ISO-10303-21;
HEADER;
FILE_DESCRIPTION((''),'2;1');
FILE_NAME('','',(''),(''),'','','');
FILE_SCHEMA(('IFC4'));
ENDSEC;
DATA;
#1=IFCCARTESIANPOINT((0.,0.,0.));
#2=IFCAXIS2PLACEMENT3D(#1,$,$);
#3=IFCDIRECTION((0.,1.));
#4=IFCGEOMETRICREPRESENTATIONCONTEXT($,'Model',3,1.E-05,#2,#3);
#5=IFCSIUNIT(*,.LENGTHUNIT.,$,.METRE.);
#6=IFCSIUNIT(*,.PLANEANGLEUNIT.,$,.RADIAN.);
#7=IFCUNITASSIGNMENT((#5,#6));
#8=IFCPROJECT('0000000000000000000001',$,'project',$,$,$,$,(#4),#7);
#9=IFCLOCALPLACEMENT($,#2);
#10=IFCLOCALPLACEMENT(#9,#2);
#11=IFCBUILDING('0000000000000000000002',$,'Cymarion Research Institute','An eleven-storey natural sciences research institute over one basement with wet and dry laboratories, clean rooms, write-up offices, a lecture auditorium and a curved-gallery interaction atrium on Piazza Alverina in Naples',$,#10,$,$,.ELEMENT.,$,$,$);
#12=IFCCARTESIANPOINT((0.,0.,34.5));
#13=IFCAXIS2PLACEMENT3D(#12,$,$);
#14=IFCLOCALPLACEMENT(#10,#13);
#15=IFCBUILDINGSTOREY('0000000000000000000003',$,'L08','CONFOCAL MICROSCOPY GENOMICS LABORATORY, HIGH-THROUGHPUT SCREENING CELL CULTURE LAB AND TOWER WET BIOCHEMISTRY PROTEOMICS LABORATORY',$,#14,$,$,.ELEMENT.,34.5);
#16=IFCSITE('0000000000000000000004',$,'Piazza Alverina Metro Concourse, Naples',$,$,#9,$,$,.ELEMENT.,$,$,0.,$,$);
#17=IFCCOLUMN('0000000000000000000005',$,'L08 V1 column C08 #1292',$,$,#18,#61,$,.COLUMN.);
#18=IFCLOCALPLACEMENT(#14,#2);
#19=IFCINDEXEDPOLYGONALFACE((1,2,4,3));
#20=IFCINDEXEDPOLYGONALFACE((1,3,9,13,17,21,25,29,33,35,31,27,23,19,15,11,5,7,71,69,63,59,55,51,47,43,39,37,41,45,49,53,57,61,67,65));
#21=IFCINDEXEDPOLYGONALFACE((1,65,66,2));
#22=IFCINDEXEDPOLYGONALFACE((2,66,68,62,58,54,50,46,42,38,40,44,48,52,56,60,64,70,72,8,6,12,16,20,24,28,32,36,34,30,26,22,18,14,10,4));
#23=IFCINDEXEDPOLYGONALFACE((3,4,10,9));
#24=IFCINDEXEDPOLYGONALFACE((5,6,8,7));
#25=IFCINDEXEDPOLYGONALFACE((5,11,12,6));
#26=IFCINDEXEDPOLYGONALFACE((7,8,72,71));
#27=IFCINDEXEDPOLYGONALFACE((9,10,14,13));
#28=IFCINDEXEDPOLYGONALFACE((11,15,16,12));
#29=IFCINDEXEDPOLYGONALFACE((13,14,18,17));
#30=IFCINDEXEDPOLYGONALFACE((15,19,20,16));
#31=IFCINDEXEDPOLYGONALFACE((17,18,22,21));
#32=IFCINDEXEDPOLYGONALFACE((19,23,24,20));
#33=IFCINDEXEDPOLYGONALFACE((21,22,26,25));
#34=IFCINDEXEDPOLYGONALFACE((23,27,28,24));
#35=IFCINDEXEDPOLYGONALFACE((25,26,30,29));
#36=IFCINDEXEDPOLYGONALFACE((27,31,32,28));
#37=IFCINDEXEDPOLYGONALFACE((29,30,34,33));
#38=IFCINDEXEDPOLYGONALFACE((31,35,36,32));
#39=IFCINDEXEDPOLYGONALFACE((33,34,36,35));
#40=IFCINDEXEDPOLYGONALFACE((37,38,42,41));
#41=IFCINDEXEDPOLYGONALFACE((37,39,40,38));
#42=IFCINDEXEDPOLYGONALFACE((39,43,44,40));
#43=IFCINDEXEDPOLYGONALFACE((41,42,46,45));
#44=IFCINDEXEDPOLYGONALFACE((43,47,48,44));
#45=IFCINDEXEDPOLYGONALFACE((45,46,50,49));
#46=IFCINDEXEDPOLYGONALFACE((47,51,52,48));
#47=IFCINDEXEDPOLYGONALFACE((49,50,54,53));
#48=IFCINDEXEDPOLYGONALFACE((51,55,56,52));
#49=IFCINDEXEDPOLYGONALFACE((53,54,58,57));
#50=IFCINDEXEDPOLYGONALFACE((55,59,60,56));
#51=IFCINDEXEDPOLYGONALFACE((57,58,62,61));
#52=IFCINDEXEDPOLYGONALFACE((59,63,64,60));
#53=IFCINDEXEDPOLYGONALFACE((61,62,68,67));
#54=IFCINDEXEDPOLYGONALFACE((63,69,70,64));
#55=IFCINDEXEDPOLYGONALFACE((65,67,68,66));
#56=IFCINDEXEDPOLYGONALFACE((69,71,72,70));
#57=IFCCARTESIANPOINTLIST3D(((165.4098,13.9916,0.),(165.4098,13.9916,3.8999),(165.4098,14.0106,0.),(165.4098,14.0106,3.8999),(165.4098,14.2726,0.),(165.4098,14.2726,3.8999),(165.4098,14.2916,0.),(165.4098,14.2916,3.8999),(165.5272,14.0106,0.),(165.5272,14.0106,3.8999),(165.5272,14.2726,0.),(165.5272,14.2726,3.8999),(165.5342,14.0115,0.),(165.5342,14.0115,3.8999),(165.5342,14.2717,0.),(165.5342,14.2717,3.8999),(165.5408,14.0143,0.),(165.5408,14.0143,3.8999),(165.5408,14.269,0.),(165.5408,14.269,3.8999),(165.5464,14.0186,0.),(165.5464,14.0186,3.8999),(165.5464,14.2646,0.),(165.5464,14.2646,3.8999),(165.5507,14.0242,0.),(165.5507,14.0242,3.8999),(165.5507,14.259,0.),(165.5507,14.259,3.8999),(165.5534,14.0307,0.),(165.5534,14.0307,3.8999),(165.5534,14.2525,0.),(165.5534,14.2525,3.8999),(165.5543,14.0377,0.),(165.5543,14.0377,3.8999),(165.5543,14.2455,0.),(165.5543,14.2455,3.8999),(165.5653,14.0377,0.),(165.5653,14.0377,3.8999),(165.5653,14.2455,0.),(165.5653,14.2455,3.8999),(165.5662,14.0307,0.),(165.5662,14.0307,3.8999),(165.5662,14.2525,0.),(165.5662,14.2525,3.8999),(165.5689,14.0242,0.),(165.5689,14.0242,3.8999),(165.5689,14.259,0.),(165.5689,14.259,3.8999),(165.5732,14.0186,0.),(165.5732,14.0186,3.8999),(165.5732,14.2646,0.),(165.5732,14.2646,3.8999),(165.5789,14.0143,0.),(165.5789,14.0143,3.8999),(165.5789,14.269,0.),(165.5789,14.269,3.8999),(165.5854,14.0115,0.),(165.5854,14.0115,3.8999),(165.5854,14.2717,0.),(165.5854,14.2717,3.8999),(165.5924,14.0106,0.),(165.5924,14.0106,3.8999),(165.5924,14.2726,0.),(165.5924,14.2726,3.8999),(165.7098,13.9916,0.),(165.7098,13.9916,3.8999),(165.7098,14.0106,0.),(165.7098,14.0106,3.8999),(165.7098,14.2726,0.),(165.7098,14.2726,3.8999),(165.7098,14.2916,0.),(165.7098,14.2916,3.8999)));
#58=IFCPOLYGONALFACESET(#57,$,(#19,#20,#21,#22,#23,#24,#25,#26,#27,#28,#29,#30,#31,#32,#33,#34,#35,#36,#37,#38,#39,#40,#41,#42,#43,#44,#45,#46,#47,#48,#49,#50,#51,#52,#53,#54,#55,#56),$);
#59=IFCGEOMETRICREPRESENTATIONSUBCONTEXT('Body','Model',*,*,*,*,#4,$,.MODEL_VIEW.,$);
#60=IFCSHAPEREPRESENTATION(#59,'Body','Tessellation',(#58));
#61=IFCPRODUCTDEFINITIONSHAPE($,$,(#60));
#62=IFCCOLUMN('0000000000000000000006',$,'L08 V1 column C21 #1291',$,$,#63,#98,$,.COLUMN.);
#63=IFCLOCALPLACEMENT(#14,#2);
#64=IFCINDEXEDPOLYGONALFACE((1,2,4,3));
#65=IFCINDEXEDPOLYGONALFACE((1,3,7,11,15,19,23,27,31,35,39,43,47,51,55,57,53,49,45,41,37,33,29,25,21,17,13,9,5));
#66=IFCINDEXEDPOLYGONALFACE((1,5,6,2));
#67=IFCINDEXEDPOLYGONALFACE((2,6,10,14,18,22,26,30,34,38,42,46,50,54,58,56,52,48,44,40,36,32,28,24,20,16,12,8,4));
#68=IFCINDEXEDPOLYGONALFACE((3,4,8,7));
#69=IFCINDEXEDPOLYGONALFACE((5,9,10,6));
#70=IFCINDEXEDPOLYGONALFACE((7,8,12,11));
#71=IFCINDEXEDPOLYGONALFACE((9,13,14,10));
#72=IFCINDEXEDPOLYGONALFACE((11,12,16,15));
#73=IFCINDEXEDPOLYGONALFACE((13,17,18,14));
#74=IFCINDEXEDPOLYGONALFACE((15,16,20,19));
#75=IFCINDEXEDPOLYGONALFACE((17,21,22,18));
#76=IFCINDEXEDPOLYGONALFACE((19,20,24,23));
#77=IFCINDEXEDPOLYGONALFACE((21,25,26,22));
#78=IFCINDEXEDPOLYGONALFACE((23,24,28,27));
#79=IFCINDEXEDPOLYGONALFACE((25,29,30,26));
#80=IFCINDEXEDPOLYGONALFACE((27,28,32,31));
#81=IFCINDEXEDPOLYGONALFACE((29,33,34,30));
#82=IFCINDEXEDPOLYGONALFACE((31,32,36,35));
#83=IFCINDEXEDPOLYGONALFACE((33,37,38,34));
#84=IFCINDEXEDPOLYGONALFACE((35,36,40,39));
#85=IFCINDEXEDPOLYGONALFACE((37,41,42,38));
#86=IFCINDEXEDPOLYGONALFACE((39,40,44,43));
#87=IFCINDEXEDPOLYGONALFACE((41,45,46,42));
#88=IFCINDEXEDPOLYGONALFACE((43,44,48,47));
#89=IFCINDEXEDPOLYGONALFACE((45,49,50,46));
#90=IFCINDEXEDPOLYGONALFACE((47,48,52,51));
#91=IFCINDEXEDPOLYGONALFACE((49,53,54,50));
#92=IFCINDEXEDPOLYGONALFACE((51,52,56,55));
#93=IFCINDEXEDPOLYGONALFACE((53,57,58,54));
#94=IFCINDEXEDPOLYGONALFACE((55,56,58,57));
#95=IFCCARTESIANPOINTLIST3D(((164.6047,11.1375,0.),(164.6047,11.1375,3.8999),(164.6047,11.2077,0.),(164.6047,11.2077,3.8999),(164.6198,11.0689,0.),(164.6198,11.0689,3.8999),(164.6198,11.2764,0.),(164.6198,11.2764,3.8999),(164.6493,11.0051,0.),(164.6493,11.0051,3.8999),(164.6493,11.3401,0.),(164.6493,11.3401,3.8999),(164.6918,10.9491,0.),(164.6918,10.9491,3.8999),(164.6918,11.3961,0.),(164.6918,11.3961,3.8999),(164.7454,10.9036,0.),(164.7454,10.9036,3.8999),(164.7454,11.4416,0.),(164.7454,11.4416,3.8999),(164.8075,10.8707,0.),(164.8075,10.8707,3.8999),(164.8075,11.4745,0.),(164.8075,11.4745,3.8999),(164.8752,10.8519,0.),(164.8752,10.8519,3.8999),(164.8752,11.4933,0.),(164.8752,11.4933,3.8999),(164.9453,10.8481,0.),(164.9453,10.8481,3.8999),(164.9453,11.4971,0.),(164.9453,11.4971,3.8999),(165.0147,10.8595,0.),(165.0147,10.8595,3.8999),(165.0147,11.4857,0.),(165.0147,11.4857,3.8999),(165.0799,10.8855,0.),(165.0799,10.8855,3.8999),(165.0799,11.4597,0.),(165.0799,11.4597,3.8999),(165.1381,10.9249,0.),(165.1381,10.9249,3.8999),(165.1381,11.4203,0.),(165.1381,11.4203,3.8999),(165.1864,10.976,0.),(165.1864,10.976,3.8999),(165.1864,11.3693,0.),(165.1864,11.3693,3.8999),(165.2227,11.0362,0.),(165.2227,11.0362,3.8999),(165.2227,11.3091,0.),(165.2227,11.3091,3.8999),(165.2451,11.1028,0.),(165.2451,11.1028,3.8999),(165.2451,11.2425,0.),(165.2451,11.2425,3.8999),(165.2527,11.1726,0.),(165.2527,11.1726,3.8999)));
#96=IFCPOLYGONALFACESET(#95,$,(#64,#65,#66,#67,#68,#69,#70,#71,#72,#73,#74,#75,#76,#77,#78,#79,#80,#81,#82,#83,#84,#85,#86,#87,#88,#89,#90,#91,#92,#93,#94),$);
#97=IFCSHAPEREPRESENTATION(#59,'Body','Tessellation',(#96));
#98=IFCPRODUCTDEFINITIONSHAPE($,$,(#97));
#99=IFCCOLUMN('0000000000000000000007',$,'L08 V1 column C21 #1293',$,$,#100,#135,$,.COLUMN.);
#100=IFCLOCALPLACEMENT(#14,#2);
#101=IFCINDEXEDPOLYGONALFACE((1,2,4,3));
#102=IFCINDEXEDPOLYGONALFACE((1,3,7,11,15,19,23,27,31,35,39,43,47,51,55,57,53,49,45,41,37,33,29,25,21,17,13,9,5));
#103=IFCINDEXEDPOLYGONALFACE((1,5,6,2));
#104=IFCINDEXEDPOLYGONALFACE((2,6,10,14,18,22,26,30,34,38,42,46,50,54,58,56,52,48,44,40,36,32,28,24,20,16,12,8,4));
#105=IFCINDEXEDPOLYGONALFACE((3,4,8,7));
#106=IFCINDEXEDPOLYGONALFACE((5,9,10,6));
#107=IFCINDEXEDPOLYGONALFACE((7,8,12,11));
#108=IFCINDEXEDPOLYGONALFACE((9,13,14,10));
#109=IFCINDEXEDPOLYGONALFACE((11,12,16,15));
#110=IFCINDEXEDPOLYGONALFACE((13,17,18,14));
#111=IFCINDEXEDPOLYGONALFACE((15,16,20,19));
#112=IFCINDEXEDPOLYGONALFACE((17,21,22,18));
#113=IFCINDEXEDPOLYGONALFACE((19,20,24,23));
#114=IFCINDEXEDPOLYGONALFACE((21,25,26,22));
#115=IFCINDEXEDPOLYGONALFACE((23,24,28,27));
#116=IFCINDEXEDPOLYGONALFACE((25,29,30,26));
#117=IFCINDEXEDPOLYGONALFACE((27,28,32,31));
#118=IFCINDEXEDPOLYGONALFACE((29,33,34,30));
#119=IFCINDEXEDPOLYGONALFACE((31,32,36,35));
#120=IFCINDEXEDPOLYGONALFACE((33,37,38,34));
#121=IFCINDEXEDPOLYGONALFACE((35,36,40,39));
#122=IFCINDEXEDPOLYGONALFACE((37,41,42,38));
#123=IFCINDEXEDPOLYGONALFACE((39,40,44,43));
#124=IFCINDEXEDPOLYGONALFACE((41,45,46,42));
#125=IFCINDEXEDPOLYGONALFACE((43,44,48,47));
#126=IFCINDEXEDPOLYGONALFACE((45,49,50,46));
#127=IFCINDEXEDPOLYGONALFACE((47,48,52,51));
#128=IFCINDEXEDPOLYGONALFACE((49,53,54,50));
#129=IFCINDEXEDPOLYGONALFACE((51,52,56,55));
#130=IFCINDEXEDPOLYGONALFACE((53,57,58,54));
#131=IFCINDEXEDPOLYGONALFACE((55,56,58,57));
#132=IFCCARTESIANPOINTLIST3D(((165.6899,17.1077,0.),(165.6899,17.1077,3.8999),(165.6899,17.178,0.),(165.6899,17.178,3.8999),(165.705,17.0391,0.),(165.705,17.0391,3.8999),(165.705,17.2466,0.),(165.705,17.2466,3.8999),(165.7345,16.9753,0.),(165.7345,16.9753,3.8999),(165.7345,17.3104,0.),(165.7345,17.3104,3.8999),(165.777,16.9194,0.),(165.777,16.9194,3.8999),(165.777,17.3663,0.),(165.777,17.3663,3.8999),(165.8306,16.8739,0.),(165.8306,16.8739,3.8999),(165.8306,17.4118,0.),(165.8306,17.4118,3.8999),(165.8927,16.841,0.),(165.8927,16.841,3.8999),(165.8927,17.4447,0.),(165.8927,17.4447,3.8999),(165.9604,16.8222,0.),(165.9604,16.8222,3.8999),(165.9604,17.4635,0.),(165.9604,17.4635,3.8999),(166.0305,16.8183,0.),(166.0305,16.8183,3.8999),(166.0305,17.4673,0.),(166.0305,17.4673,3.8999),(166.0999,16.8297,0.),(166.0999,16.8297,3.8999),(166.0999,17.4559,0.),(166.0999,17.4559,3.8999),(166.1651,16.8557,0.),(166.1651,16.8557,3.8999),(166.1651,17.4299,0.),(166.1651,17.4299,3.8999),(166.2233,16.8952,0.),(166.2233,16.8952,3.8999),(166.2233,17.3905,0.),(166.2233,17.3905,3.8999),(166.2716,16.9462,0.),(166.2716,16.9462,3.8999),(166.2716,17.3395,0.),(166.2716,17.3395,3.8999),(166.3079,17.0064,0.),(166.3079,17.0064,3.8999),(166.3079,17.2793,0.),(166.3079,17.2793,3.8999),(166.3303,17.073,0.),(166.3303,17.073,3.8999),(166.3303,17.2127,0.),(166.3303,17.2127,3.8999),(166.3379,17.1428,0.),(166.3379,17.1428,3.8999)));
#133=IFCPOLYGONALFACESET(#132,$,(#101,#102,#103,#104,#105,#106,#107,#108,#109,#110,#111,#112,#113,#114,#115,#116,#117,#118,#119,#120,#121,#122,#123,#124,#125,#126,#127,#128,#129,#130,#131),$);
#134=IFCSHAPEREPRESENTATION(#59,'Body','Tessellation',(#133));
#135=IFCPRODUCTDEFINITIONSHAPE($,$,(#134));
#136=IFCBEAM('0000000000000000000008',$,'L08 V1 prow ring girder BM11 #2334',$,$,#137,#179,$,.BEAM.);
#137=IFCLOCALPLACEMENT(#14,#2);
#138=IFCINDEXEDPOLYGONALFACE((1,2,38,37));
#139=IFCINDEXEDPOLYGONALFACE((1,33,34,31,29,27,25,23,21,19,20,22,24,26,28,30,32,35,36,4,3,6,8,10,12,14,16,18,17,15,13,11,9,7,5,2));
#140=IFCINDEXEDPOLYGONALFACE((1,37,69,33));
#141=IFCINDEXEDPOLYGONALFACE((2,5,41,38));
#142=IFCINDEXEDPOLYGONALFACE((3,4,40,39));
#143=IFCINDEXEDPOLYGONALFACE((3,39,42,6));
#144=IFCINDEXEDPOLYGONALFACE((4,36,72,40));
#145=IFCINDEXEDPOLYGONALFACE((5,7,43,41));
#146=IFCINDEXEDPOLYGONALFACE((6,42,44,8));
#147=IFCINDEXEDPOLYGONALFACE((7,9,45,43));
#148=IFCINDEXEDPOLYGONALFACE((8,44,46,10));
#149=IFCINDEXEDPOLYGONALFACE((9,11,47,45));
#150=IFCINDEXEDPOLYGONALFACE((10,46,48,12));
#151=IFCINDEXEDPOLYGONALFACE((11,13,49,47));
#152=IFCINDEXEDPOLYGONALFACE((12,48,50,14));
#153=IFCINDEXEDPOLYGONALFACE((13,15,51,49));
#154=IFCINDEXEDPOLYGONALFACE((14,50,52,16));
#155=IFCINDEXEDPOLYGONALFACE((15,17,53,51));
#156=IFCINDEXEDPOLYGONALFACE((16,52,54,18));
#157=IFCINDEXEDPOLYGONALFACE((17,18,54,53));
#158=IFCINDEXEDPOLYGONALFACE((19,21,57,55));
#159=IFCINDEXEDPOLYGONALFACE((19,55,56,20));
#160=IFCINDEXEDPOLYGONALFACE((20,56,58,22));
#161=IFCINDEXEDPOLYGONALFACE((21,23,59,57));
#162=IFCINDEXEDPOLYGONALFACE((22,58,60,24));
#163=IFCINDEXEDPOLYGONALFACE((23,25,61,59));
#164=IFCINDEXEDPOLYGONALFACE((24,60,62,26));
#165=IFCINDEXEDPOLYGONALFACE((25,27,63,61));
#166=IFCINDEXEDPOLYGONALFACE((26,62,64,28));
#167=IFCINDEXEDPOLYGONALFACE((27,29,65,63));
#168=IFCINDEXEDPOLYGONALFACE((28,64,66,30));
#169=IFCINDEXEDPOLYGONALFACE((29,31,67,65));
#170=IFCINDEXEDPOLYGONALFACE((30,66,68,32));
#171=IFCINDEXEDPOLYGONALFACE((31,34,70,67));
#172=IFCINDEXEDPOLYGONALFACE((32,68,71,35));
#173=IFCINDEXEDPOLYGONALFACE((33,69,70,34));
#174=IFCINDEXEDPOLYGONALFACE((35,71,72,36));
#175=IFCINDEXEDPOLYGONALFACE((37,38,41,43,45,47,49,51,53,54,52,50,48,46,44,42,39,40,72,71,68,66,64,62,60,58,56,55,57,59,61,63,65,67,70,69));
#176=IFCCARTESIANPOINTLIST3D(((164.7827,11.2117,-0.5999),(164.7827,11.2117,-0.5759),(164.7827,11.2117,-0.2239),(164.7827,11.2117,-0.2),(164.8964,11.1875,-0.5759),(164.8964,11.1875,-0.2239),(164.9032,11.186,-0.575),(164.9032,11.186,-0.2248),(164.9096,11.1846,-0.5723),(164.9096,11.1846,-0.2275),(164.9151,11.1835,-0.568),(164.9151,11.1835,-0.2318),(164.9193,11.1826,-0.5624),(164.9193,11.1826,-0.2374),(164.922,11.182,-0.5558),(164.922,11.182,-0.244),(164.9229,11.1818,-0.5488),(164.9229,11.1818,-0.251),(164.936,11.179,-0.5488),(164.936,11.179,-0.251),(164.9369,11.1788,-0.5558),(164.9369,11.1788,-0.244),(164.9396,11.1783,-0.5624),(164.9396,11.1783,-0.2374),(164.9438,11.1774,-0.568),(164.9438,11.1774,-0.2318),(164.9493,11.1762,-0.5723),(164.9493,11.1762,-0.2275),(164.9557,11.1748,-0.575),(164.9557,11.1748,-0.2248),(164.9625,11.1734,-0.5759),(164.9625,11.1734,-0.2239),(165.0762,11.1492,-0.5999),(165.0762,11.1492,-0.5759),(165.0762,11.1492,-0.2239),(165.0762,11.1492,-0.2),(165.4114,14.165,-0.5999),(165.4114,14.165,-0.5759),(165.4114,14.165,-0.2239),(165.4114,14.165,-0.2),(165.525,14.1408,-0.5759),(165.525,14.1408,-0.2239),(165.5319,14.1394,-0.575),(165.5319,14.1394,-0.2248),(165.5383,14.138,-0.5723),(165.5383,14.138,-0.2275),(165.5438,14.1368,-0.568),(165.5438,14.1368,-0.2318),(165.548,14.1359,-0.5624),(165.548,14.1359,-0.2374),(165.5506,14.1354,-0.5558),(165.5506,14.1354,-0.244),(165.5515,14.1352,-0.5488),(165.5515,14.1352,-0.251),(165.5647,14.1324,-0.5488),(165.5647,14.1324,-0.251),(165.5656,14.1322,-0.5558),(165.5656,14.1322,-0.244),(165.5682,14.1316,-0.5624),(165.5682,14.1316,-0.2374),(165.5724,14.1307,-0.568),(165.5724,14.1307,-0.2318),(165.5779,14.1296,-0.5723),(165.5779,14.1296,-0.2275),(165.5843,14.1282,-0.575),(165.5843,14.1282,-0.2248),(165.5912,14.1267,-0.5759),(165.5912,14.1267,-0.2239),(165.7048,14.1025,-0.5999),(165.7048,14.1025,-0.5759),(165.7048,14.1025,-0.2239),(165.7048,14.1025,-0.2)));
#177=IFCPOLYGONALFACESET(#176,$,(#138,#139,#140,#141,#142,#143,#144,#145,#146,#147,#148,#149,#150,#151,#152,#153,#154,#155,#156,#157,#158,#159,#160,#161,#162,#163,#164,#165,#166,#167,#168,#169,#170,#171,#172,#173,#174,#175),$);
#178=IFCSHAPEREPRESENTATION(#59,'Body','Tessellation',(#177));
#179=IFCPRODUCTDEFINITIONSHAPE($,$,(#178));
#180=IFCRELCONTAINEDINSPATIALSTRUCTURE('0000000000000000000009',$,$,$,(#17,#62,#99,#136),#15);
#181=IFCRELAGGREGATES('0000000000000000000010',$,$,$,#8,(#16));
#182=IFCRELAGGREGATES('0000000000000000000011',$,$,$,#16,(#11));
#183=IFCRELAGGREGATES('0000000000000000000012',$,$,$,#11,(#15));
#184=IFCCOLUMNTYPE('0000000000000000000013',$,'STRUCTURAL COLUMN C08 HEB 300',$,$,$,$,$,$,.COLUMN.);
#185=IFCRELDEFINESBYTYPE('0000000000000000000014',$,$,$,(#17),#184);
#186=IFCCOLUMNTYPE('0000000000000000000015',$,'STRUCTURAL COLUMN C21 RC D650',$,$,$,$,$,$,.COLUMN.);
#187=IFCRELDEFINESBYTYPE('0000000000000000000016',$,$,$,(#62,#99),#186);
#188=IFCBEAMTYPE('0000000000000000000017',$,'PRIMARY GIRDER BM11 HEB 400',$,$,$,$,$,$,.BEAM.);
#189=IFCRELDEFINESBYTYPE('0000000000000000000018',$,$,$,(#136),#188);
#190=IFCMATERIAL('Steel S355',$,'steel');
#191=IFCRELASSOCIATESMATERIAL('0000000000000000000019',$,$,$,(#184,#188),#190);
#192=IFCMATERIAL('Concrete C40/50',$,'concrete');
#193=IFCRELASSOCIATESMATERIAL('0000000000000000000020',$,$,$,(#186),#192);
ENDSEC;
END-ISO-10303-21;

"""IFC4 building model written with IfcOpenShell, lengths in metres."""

from ifc_helpers import new_model, si_unit, direction, frame, origin, origin_2d, place, context, subcontext, project, spatial, circle, i_section, extrude, material, material_profile, profile_set, type_object, element, save


model = new_model("IFC4")

# Units and contexts
model_context = context("Model", 3, precision=1e-05, world=origin(), true_north=direction((0.0, 1.0)))
body_context = subcontext(model_context, "Body", "Model", "MODEL_VIEW")
ifc_project = project(units=[si_unit("LENGTHUNIT", "METRE"), si_unit("PLANEANGLEUNIT", "RADIAN")], contexts=[model_context])

# Site, building, storey
site_placement = place(None, origin())
site = spatial("IfcSite", under=ifc_project, at=site_placement, Name="Piazza Alverina Metro Concourse, Naples", CompositionType="ELEMENT", RefElevation=0.0)
building_placement = place(site_placement, origin())
building = spatial("IfcBuilding", under=site, at=building_placement, Name="Cymarion Research Institute", Description="An eleven-storey natural sciences research institute over one basement with wet and dry laboratories, clean rooms, write-up offices, a lecture auditorium and a curved-gallery interaction atrium on Piazza Alverina in Naples", CompositionType="ELEMENT")
storey_placement = place(building_placement, frame((0.0, 0.0, 34.5)))
storey = spatial("IfcBuildingStorey", under=building, at=storey_placement, Name="L08", Description="CONFOCAL MICROSCOPY GENOMICS LABORATORY, HIGH-THROUGHPUT SCREENING CELL CULTURE LAB AND TOWER WET BIOCHEMISTRY PROTEOMICS LABORATORY", CompositionType="ELEMENT", Elevation=34.5)

# Columns
ifc_material_1 = material(Name="Steel S355", Category="steel")
ifc_material_profile_1 = material_profile(ifc_material_1, i_section(OverallWidth=0.3, OverallDepth=0.3, WebThickness=0.011, FlangeThickness=0.019, FilletRadius=0.0271, at=origin_2d()), Name="HEB 300")
ifc_profile_set_1 = profile_set([ifc_material_profile_1], Name="Steel S355")
column_type_1 = type_object("IfcColumnType", Name="STRUCTURAL COLUMN C08 HEB 300", PredefinedType="COLUMN", material=ifc_profile_set_1)
column_placement = place(storey_placement, frame((165.5598, 14.1416, 0.0), z_axis=(0.0, 0.0, 1.0), x_axis=(1.0, 0.0, 0.0)))
element("IfcColumn", 1, at=column_placement, inside=storey, type_object=column_type_1, Name="L08 V1 column C08 #1292", PredefinedType="COLUMN", context=body_context, shape_type="SweptSolid", body=[
    extrude(i_section(OverallWidth=0.3, OverallDepth=0.3, WebThickness=0.011, FlangeThickness=0.019, FilletRadius=0.0271, at=origin_2d()), origin(), (0.0, 0.0, 1.0), 3.8999),
])
ifc_material_2 = material(Name="Concrete C40/50", Category="concrete")
ifc_material_profile_2 = material_profile(ifc_material_2, circle(Radius=0.325, at=origin_2d()), Name="RC D650")
ifc_profile_set_2 = profile_set([ifc_material_profile_2], Name="Concrete C40/50")
column_type_2 = type_object("IfcColumnType", Name="STRUCTURAL COLUMN C21 RC D650", PredefinedType="COLUMN", material=ifc_profile_set_2)
for number, where, z_axis, x_axis, name in (
    (2, (164.9277, 11.1726, 0.0), (0.0, 0.0, 1.0), (1.0, 0.0, 0.0), "L08 V1 column C21 #1291"),
    (3, (166.0129, 17.1428, 0.0), (0.0, 0.0, 1.0), (1.0, 0.0, 0.0), "L08 V1 column C21 #1293"),
):
    element("IfcColumn", number, at=place(storey_placement, frame(where, z_axis=z_axis, x_axis=x_axis)), inside=storey, type_object=column_type_2, Name=name, PredefinedType="COLUMN", context=body_context, shape_type="SweptSolid", body=[
        extrude(circle(Radius=0.325, at=origin_2d()), origin(), (0.0, 0.0, 1.0), 3.8999),
    ])

# Beam
ifc_material_profile_3 = material_profile(ifc_material_1, i_section(OverallWidth=0.3, OverallDepth=0.3999, WebThickness=0.0134, FlangeThickness=0.0239, FilletRadius=0.0271, at=origin_2d()), Name="HEB 400")
ifc_profile_set_3 = profile_set([ifc_material_profile_3], Name="Steel S355")
beam_type = type_object("IfcBeamType", Name="PRIMARY GIRDER BM11 HEB 400", PredefinedType="BEAM", material=ifc_profile_set_3)
for number, where, z_axis, x_axis, name in (
    (4, (164.9294, 11.1804, -0.3999), (0.208198, 0.978087, 0.0), (-0.978087, 0.208198, 0.0), "L08 V1 prow ring girder BM11 #2334"),
):
    element("IfcBeam", number, at=place(storey_placement, frame(where, z_axis=z_axis, x_axis=x_axis)), inside=storey, type_object=beam_type, Name=name, PredefinedType="BEAM", context=body_context, shape_type="SweptSolid", body=[
        extrude(i_section(OverallWidth=0.3, OverallDepth=0.3999, WebThickness=0.0134, FlangeThickness=0.0239, FilletRadius=0.0271, at=origin_2d()), origin(), (0.0, 0.0, 1.0), 3.0195),
    ])

save(model, "model.ifc")
